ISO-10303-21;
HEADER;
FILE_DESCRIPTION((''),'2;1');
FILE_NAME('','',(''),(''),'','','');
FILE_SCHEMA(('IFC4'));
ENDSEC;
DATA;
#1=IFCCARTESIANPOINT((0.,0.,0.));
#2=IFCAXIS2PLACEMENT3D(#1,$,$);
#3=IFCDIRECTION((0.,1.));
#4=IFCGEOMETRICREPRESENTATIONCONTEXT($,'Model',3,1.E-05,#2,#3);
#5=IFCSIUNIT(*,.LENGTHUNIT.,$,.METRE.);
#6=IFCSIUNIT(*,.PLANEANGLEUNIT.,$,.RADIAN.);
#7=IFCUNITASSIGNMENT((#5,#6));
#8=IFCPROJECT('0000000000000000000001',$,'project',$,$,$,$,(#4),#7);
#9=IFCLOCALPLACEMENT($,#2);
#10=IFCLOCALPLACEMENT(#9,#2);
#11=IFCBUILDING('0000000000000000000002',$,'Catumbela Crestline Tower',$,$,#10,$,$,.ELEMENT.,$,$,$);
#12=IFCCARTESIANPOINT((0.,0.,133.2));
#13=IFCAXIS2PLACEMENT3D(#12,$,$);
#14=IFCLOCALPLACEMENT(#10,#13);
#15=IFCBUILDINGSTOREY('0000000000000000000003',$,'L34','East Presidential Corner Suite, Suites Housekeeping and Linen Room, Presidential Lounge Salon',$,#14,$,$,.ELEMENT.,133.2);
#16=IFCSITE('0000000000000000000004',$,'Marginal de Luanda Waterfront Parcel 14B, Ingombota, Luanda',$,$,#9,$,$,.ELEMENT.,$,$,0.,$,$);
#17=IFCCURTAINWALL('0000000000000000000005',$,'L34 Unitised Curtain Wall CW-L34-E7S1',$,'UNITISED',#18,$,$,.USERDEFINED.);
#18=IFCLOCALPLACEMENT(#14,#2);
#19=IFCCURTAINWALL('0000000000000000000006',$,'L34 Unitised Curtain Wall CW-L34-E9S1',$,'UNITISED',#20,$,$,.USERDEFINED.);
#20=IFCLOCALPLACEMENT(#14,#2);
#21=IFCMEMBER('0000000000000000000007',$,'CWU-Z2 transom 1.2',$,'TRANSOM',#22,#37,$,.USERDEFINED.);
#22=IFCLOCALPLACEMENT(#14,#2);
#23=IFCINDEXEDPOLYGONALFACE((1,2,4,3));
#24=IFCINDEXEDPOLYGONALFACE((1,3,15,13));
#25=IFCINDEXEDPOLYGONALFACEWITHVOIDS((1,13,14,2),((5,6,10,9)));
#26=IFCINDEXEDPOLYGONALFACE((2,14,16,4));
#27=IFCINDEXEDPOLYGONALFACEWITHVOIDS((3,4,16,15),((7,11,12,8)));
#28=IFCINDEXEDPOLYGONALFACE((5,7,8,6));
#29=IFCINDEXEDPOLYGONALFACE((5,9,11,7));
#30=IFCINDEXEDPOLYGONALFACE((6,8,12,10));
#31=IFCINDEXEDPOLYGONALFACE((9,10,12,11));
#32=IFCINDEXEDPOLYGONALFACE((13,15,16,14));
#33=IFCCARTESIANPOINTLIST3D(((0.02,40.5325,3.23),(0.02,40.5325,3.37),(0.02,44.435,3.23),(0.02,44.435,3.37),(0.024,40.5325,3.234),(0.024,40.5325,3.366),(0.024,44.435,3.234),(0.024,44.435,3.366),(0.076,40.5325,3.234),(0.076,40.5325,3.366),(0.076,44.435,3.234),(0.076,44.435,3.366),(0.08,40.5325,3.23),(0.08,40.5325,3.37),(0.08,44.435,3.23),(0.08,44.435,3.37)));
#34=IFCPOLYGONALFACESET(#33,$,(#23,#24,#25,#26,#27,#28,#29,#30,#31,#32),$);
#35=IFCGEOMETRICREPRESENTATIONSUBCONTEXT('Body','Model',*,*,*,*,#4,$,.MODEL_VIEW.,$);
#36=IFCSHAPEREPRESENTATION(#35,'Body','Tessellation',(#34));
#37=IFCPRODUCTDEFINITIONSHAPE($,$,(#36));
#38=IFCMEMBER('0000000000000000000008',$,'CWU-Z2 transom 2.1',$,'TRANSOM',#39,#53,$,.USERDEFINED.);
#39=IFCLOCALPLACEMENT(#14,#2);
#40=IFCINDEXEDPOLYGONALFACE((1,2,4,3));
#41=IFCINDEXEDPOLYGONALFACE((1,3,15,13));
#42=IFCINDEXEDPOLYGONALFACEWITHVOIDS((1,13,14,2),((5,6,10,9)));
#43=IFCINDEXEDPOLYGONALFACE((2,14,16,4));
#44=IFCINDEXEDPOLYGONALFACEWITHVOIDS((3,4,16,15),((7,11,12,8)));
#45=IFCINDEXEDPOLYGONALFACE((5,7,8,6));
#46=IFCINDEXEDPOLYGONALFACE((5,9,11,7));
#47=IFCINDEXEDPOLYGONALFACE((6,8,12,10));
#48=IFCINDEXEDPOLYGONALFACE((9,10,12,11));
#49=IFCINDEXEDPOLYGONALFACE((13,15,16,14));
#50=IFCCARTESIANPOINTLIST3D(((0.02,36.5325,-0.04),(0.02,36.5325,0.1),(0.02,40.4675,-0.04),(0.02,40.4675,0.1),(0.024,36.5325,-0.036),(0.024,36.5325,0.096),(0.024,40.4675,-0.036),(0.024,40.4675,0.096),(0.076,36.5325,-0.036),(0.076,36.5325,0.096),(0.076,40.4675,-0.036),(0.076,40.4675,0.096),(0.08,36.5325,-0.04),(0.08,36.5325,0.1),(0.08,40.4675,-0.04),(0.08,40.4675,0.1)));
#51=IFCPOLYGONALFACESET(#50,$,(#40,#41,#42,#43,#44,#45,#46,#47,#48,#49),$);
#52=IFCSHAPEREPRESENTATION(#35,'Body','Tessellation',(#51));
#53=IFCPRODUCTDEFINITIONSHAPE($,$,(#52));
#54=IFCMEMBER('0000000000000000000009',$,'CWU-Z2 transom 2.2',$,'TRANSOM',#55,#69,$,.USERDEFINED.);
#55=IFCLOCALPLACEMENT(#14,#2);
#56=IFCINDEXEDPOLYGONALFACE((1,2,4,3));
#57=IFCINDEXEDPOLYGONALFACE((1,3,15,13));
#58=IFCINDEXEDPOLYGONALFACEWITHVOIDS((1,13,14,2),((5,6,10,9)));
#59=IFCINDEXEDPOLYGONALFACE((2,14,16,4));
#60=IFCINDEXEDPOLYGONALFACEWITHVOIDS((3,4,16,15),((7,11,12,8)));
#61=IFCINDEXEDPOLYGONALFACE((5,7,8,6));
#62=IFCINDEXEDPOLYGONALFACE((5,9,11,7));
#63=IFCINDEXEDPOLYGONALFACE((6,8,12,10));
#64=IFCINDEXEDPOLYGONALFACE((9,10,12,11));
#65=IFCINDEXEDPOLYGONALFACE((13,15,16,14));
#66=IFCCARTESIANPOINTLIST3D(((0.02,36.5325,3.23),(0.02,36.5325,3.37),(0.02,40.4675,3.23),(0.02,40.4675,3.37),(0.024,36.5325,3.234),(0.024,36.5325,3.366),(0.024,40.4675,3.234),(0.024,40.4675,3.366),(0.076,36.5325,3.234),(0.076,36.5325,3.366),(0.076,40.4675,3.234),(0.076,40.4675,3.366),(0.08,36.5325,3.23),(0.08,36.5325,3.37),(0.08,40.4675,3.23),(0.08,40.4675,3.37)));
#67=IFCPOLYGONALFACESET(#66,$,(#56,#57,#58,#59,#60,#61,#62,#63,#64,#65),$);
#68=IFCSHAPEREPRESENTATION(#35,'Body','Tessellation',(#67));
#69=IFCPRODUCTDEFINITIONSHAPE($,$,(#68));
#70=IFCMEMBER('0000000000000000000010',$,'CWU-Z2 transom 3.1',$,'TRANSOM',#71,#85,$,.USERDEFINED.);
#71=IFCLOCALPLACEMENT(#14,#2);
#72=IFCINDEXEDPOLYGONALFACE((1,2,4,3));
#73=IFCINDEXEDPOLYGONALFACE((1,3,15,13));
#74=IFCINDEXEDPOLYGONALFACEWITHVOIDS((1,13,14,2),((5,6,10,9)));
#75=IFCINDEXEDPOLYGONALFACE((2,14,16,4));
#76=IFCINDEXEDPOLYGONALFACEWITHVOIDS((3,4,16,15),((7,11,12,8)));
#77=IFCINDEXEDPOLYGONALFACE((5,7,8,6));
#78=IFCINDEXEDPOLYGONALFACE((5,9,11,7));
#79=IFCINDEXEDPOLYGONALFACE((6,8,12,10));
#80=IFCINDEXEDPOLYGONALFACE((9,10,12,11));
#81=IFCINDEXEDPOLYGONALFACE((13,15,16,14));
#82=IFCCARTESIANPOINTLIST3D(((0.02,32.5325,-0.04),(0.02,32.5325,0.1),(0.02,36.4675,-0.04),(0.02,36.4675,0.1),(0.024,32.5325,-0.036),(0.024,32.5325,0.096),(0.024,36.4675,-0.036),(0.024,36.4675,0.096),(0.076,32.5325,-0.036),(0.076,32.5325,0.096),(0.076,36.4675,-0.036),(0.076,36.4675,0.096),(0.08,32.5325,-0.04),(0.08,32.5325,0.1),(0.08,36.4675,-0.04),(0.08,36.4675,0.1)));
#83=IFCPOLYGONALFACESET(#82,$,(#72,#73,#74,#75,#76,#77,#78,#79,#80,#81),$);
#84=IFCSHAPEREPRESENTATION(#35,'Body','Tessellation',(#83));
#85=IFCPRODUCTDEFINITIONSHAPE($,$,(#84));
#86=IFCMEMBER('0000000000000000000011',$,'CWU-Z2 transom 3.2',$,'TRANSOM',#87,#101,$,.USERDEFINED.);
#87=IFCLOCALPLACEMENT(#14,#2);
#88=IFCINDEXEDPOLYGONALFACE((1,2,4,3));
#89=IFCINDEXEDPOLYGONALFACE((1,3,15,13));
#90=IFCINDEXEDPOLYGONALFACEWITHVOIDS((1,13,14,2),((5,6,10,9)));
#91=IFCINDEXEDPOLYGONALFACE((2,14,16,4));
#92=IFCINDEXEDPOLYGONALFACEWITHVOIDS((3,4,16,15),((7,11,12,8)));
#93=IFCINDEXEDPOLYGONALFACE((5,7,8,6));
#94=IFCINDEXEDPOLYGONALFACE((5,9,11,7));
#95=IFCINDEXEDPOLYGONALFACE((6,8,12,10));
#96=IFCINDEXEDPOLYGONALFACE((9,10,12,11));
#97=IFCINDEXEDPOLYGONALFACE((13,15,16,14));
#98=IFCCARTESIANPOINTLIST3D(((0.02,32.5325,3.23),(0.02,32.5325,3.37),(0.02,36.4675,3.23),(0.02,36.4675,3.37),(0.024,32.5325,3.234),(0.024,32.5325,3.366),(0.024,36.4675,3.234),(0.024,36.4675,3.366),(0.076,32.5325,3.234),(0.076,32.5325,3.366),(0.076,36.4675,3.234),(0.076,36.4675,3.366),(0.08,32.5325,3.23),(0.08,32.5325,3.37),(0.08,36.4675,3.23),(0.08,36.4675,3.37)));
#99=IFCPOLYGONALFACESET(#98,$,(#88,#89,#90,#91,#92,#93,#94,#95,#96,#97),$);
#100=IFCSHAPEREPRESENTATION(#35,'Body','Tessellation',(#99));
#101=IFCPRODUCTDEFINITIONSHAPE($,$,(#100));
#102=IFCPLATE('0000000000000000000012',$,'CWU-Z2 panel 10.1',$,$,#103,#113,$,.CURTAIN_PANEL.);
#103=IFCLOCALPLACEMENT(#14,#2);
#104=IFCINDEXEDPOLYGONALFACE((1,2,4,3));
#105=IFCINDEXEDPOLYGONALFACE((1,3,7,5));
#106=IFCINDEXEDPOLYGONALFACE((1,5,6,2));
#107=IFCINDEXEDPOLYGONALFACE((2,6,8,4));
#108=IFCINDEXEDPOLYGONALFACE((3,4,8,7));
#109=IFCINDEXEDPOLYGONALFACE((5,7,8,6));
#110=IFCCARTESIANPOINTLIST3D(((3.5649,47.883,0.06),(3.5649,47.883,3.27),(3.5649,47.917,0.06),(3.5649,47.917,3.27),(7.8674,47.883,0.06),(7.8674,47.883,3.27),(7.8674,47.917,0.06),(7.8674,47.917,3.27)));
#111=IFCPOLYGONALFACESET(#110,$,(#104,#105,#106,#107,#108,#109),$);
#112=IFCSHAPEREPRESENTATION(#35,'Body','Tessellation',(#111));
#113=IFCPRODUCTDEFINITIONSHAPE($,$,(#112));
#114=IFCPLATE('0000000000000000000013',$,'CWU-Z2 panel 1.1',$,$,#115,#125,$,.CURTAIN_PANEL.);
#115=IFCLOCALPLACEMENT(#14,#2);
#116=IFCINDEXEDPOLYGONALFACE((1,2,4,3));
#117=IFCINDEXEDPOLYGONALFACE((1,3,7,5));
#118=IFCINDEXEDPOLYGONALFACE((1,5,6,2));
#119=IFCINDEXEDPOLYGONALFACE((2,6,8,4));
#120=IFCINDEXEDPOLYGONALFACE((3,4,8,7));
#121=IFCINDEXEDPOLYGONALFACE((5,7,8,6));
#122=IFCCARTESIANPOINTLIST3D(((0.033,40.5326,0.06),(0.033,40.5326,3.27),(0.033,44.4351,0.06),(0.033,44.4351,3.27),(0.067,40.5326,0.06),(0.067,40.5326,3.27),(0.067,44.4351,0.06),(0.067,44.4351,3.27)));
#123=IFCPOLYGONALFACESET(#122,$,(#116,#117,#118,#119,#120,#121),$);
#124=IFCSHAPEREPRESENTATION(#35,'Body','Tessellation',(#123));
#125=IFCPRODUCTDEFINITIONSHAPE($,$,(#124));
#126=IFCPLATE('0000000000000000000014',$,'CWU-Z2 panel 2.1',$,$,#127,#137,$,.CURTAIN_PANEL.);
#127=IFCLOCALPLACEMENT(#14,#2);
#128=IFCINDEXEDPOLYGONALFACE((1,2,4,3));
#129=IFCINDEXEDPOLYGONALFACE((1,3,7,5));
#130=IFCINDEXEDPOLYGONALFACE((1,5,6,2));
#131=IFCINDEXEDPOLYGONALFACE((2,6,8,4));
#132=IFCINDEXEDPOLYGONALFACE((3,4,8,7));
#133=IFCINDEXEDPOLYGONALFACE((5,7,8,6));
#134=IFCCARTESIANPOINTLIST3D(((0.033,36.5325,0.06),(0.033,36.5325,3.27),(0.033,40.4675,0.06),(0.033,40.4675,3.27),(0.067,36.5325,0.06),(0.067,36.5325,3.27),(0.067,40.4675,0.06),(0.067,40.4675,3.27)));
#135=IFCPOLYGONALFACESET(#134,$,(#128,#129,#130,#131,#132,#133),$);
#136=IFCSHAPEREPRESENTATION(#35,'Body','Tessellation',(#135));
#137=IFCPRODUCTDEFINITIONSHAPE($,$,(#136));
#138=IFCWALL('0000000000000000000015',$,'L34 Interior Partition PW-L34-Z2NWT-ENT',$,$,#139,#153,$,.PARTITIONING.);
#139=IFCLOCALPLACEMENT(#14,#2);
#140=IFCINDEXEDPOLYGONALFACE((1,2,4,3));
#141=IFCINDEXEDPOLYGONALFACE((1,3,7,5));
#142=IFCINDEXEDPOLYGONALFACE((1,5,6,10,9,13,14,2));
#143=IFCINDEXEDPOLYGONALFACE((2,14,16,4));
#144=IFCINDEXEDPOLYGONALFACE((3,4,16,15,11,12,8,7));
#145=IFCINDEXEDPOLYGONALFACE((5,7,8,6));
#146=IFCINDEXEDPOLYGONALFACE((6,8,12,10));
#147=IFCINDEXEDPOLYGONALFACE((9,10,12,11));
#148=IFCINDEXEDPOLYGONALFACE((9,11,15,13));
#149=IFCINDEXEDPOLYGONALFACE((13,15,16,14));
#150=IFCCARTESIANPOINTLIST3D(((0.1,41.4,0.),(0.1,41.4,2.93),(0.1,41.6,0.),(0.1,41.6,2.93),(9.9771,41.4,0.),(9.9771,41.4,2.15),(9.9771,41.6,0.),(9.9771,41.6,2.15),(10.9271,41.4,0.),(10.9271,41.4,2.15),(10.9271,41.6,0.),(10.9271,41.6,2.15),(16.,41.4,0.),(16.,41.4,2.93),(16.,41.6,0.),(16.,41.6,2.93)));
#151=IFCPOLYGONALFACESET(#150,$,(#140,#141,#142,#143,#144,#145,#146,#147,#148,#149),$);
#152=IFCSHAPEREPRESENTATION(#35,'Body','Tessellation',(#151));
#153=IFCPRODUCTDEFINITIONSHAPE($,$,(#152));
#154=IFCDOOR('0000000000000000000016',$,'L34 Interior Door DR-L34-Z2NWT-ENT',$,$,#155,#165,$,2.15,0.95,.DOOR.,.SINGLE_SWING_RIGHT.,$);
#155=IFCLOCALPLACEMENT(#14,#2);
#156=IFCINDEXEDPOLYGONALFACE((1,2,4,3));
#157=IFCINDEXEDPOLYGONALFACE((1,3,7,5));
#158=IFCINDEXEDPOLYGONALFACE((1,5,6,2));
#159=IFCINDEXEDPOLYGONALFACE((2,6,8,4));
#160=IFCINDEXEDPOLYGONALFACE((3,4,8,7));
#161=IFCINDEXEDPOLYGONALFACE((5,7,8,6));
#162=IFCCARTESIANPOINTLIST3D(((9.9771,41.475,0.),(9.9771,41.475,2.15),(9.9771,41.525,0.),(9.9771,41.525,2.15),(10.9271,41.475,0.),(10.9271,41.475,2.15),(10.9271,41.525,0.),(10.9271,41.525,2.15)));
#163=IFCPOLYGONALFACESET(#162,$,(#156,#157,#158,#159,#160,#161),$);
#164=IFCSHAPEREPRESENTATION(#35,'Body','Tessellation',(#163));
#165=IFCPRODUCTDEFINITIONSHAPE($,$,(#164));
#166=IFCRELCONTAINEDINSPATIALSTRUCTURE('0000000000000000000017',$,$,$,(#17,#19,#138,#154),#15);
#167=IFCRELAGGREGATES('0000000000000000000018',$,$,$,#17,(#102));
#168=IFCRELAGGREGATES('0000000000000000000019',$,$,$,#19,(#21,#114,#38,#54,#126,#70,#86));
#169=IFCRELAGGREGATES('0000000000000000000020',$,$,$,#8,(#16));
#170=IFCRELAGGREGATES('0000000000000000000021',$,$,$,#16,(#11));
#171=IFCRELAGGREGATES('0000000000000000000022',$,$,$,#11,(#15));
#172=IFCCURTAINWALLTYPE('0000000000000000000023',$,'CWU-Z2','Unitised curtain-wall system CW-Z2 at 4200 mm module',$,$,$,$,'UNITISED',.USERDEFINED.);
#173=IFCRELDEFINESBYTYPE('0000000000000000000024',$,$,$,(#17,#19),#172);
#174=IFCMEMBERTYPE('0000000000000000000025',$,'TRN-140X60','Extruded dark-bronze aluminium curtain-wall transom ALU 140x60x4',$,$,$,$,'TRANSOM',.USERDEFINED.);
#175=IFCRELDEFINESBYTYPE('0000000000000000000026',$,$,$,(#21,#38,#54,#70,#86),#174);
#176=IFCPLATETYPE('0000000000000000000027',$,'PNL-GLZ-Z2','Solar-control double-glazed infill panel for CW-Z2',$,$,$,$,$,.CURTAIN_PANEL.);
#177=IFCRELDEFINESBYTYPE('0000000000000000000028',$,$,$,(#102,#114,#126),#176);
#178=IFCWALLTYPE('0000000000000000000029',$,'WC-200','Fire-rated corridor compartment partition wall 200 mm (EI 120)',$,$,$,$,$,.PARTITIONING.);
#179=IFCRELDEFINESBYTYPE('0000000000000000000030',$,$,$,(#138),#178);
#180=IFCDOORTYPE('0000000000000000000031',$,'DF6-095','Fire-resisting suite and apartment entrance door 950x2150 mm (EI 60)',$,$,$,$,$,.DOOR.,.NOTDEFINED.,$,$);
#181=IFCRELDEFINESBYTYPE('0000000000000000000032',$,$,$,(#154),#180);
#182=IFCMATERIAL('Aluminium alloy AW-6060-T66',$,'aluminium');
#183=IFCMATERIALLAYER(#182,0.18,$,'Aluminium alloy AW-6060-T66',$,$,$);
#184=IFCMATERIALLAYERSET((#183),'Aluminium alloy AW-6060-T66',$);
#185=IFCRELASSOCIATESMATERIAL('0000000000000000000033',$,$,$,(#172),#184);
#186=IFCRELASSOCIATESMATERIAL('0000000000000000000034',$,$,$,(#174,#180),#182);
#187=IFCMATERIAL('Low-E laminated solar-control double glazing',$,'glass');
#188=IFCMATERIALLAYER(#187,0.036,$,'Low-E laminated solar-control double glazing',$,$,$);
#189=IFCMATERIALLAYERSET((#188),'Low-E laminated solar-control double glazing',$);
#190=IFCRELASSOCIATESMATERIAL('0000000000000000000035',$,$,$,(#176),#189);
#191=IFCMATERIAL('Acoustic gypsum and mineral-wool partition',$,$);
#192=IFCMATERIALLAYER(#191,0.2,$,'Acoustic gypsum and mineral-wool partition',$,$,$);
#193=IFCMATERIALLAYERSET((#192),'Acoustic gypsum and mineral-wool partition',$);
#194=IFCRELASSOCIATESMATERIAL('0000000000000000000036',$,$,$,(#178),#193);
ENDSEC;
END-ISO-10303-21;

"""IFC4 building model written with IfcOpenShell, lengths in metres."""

from ifc_helpers import new_model, si_unit, direction, frame, frame_2d, origin, origin_2d, place, context, subcontext, project, spatial, rectangle, hollow_rectangle, extrude, material, layer, layer_set, material_profile, profile_set, type_object, element, fill, aggregate, save


model = new_model("IFC4")

# Units and contexts
model_context = context("Model", 3, precision=1e-05, world=origin(), true_north=direction((0.0, 1.0)))
body_context = subcontext(model_context, "Body", "Model", "MODEL_VIEW")
ifc_project = project(units=[si_unit("LENGTHUNIT", "METRE"), si_unit("PLANEANGLEUNIT", "RADIAN")], contexts=[model_context])

# Site, building, storey
site_placement = place(None, origin())
site = spatial("IfcSite", under=ifc_project, at=site_placement, Name="Marginal de Luanda Waterfront Parcel 14B, Ingombota, Luanda", CompositionType="ELEMENT", RefElevation=0.0)
building_placement = place(site_placement, origin())
building = spatial("IfcBuilding", under=site, at=building_placement, Name="Catumbela Crestline Tower", CompositionType="ELEMENT")
storey_placement = place(building_placement, frame((0.0, 0.0, 133.2)))
storey = spatial("IfcBuildingStorey", under=building, at=storey_placement, Name="L34", Description="East Presidential Corner Suite, Suites Housekeeping and Linen Room, Presidential Lounge Salon", CompositionType="ELEMENT", Elevation=133.2)

# Curtain wall
ifc_material_1 = material(Name="Aluminium alloy AW-6060-T66", Category="aluminium")
ifc_layer_1 = layer(ifc_material_1, 0.18, Name="Aluminium alloy AW-6060-T66")
ifc_layer_set_1 = layer_set([ifc_layer_1], Name="Aluminium alloy AW-6060-T66")
curtain_wall_type = type_object("IfcCurtainWallType", Name="CWU-Z2", Description="Unitised curtain-wall system CW-Z2 at 4200 mm module", ElementType="UNITISED", PredefinedType="USERDEFINED", material=ifc_layer_set_1)
curtain_wall_1_placement = place(storey_placement, origin())
curtain_wall_1 = element("IfcCurtainWall", 1, at=curtain_wall_1_placement, inside=storey, type_object=curtain_wall_type, Name="L34 Unitised Curtain Wall CW-L34-E7S1", ObjectType="UNITISED", PredefinedType="USERDEFINED")

# Curtain wall
curtain_wall_2_placement = place(storey_placement, origin())
curtain_wall_2 = element("IfcCurtainWall", 2, at=curtain_wall_2_placement, inside=storey, type_object=curtain_wall_type, Name="L34 Unitised Curtain Wall CW-L34-E9S1", ObjectType="UNITISED", PredefinedType="USERDEFINED")

# Members
ifc_material_profile_1 = material_profile(ifc_material_1, hollow_rectangle(XDim=0.06, YDim=0.14, WallThickness=0.004, at=origin_2d()), Name="ALU 140x60x4")
ifc_profile_set_1 = profile_set([ifc_material_profile_1], Name="Aluminium alloy AW-6060-T66")
member_type_1 = type_object("IfcMemberType", Name="TRN-140X60", Description="Extruded dark-bronze aluminium curtain-wall transom ALU 140x60x4", ElementType="TRANSOM", PredefinedType="USERDEFINED", material=ifc_profile_set_1)
member_1_placement = place(storey_placement, frame((0.05, 44.435, 3.3), z_axis=(0.0, -1.0, 0.0), x_axis=(1.0, 0.0, 0.0)))
member_1 = element("IfcMember", 3, at=member_1_placement, type_object=member_type_1, Name="CWU-Z2 transom 1.2", ObjectType="TRANSOM", PredefinedType="USERDEFINED", context=body_context, shape_type="SweptSolid", body=[
    extrude(hollow_rectangle(XDim=0.06, YDim=0.14, WallThickness=0.004, at=origin_2d()), origin(), (0.0, 0.0, 1.0), 3.9025),
])
member_2_placement = place(storey_placement, frame((0.05, 40.4675, 0.03), z_axis=(0.0, -1.0, 0.0), x_axis=(1.0, 0.0, 0.0)))
member_2 = element("IfcMember", 4, at=member_2_placement, type_object=member_type_1, Name="CWU-Z2 transom 2.1", ObjectType="TRANSOM", PredefinedType="USERDEFINED", context=body_context, shape_type="SweptSolid", body=[
    extrude(hollow_rectangle(XDim=0.06, YDim=0.14, WallThickness=0.004, at=origin_2d()), origin(), (0.0, 0.0, 1.0), 3.935),
])
member_3_placement = place(storey_placement, frame((0.05, 40.4675, 3.3), z_axis=(0.0, -1.0, 0.0), x_axis=(1.0, 0.0, 0.0)))
member_3 = element("IfcMember", 5, at=member_3_placement, type_object=member_type_1, Name="CWU-Z2 transom 2.2", ObjectType="TRANSOM", PredefinedType="USERDEFINED", context=body_context, shape_type="SweptSolid", body=[
    extrude(hollow_rectangle(XDim=0.06, YDim=0.14, WallThickness=0.004, at=origin_2d()), origin(), (0.0, 0.0, 1.0), 3.935),
])
member_4_placement = place(storey_placement, frame((0.05, 36.4675, 0.03), z_axis=(0.0, -1.0, 0.0), x_axis=(1.0, 0.0, 0.0)))
member_4 = element("IfcMember", 6, at=member_4_placement, type_object=member_type_1, Name="CWU-Z2 transom 3.1", ObjectType="TRANSOM", PredefinedType="USERDEFINED", context=body_context, shape_type="SweptSolid", body=[
    extrude(hollow_rectangle(XDim=0.06, YDim=0.14, WallThickness=0.004, at=origin_2d()), origin(), (0.0, 0.0, 1.0), 3.935),
])
member_5_placement = place(storey_placement, frame((0.05, 36.4675, 3.3), z_axis=(0.0, -1.0, 0.0), x_axis=(1.0, 0.0, 0.0)))
member_5 = element("IfcMember", 7, at=member_5_placement, type_object=member_type_1, Name="CWU-Z2 transom 3.2", ObjectType="TRANSOM", PredefinedType="USERDEFINED", context=body_context, shape_type="SweptSolid", body=[
    extrude(hollow_rectangle(XDim=0.06, YDim=0.14, WallThickness=0.004, at=origin_2d()), origin(), (0.0, 0.0, 1.0), 3.935),
])

# Plates
ifc_material_2 = material(Name="Low-E laminated solar-control double glazing", Category="glass")
ifc_layer_2 = layer(ifc_material_2, 0.036, Name="Low-E laminated solar-control double glazing")
ifc_layer_set_2 = layer_set([ifc_layer_2], Name="Low-E laminated solar-control double glazing")
plate_type = type_object("IfcPlateType", Name="PNL-GLZ-Z2", Description="Solar-control double-glazed infill panel for CW-Z2", PredefinedType="CURTAIN_PANEL", material=ifc_layer_set_2)
plate_1_placement = place(storey_placement, frame((5.7162, 47.9, 0.06), z_axis=(0.0, 0.0, 1.0), x_axis=(-1.0, 0.0, 0.0)))
plate_1 = element("IfcPlate", 8, at=plate_1_placement, type_object=plate_type, Name="CWU-Z2 panel 10.1", PredefinedType="CURTAIN_PANEL", context=body_context, shape_type="SweptSolid", body=[
    extrude(rectangle(XDim=4.3025, YDim=0.034, at=origin_2d()), origin(), (0.0, 0.0, 1.0), 3.21),
])
aggregate(curtain_wall_1, [plate_1])
plate_2_placement = place(storey_placement, frame((0.05, 42.4838, 0.06), z_axis=(0.0, 0.0, 1.0), x_axis=(0.0, -1.0, 0.0)))
plate_2 = element("IfcPlate", 9, at=plate_2_placement, type_object=plate_type, Name="CWU-Z2 panel 1.1", PredefinedType="CURTAIN_PANEL", context=body_context, shape_type="SweptSolid", body=[
    extrude(rectangle(XDim=3.9025, YDim=0.034, at=origin_2d()), origin(), (0.0, 0.0, 1.0), 3.21),
])
plate_3_placement = place(storey_placement, frame((0.05, 38.5, 0.06), z_axis=(0.0, 0.0, 1.0), x_axis=(0.0, -1.0, 0.0)))
plate_3 = element("IfcPlate", 10, at=plate_3_placement, type_object=plate_type, Name="CWU-Z2 panel 2.1", PredefinedType="CURTAIN_PANEL", context=body_context, shape_type="SweptSolid", body=[
    extrude(rectangle(XDim=3.935, YDim=0.034, at=origin_2d()), origin(), (0.0, 0.0, 1.0), 3.21),
])
aggregate(curtain_wall_2, [member_1, plate_2, member_2, member_3, plate_3, member_4, member_5])

# Wall, opening, door
ifc_material_3 = material(Name="Acoustic gypsum and mineral-wool partition")
ifc_layer_3 = layer(ifc_material_3, 0.2, Name="Acoustic gypsum and mineral-wool partition")
ifc_layer_set_3 = layer_set([ifc_layer_3], Name="Acoustic gypsum and mineral-wool partition")
wall_type_1 = type_object("IfcWallType", Name="WC-200", Description="Fire-rated corridor compartment partition wall 200 mm (EI 120)", PredefinedType="PARTITIONING", material=ifc_layer_set_3)
wall_1_placement = place(storey_placement, frame((0.1, 41.5, 0.0), z_axis=(0.0, 0.0, 1.0), x_axis=(1.0, 0.0, 0.0)))
wall_1 = element("IfcWall", 11, at=wall_1_placement, inside=storey, type_object=wall_type_1, Name="L34 Interior Partition PW-L34-Z2NWT-ENT", PredefinedType="PARTITIONING", context=body_context, shape_type="SweptSolid", body=[
    extrude(rectangle(XDim=15.9, YDim=0.2, at=frame_2d((7.95, 0.0))), origin(), (0.0, 0.0, 1.0), 2.93),
])
opening_1_placement = place(wall_1_placement, frame((9.8771, 0.0, 0.0)))
opening_1 = element("IfcOpeningElement", 12, at=opening_1_placement, cuts=wall_1, PredefinedType="OPENING", context=body_context, shape_type="SweptSolid", body=[
    extrude(rectangle(XDim=0.95, YDim=2.15, at=frame_2d((0.475, 1.075))), frame((0.0, 0.11, 0.0), z_axis=(0.0, -1.0, 0.0), x_axis=(1.0, 0.0, 0.0)), (0.0, 0.0, 1.0), 0.22),
])
door_type_1 = type_object("IfcDoorType", Name="DF6-095", Description="Fire-resisting suite and apartment entrance door 950x2150 mm (EI 60)", OperationType="NOTDEFINED", PredefinedType="DOOR", material=ifc_material_1)
door_1_placement = place(opening_1_placement, origin())
door_1 = element("IfcDoor", 13, at=door_1_placement, inside=storey, type_object=door_type_1, Name="L34 Interior Door DR-L34-Z2NWT-ENT", OperationType="SINGLE_SWING_RIGHT", OverallHeight=2.15, OverallWidth=0.95, PredefinedType="DOOR", context=body_context, shape_type="SweptSolid", body=[
    extrude(rectangle(XDim=0.95, YDim=2.15, at=frame_2d((0.475, 1.075))), frame((0.0, 0.025, 0.0), z_axis=(0.0, -1.0, 0.0), x_axis=(1.0, 0.0, 0.0)), (0.0, 0.0, 1.0), 0.05),
])
fill(opening_1, door_1)

save(model, "model.ifc")
